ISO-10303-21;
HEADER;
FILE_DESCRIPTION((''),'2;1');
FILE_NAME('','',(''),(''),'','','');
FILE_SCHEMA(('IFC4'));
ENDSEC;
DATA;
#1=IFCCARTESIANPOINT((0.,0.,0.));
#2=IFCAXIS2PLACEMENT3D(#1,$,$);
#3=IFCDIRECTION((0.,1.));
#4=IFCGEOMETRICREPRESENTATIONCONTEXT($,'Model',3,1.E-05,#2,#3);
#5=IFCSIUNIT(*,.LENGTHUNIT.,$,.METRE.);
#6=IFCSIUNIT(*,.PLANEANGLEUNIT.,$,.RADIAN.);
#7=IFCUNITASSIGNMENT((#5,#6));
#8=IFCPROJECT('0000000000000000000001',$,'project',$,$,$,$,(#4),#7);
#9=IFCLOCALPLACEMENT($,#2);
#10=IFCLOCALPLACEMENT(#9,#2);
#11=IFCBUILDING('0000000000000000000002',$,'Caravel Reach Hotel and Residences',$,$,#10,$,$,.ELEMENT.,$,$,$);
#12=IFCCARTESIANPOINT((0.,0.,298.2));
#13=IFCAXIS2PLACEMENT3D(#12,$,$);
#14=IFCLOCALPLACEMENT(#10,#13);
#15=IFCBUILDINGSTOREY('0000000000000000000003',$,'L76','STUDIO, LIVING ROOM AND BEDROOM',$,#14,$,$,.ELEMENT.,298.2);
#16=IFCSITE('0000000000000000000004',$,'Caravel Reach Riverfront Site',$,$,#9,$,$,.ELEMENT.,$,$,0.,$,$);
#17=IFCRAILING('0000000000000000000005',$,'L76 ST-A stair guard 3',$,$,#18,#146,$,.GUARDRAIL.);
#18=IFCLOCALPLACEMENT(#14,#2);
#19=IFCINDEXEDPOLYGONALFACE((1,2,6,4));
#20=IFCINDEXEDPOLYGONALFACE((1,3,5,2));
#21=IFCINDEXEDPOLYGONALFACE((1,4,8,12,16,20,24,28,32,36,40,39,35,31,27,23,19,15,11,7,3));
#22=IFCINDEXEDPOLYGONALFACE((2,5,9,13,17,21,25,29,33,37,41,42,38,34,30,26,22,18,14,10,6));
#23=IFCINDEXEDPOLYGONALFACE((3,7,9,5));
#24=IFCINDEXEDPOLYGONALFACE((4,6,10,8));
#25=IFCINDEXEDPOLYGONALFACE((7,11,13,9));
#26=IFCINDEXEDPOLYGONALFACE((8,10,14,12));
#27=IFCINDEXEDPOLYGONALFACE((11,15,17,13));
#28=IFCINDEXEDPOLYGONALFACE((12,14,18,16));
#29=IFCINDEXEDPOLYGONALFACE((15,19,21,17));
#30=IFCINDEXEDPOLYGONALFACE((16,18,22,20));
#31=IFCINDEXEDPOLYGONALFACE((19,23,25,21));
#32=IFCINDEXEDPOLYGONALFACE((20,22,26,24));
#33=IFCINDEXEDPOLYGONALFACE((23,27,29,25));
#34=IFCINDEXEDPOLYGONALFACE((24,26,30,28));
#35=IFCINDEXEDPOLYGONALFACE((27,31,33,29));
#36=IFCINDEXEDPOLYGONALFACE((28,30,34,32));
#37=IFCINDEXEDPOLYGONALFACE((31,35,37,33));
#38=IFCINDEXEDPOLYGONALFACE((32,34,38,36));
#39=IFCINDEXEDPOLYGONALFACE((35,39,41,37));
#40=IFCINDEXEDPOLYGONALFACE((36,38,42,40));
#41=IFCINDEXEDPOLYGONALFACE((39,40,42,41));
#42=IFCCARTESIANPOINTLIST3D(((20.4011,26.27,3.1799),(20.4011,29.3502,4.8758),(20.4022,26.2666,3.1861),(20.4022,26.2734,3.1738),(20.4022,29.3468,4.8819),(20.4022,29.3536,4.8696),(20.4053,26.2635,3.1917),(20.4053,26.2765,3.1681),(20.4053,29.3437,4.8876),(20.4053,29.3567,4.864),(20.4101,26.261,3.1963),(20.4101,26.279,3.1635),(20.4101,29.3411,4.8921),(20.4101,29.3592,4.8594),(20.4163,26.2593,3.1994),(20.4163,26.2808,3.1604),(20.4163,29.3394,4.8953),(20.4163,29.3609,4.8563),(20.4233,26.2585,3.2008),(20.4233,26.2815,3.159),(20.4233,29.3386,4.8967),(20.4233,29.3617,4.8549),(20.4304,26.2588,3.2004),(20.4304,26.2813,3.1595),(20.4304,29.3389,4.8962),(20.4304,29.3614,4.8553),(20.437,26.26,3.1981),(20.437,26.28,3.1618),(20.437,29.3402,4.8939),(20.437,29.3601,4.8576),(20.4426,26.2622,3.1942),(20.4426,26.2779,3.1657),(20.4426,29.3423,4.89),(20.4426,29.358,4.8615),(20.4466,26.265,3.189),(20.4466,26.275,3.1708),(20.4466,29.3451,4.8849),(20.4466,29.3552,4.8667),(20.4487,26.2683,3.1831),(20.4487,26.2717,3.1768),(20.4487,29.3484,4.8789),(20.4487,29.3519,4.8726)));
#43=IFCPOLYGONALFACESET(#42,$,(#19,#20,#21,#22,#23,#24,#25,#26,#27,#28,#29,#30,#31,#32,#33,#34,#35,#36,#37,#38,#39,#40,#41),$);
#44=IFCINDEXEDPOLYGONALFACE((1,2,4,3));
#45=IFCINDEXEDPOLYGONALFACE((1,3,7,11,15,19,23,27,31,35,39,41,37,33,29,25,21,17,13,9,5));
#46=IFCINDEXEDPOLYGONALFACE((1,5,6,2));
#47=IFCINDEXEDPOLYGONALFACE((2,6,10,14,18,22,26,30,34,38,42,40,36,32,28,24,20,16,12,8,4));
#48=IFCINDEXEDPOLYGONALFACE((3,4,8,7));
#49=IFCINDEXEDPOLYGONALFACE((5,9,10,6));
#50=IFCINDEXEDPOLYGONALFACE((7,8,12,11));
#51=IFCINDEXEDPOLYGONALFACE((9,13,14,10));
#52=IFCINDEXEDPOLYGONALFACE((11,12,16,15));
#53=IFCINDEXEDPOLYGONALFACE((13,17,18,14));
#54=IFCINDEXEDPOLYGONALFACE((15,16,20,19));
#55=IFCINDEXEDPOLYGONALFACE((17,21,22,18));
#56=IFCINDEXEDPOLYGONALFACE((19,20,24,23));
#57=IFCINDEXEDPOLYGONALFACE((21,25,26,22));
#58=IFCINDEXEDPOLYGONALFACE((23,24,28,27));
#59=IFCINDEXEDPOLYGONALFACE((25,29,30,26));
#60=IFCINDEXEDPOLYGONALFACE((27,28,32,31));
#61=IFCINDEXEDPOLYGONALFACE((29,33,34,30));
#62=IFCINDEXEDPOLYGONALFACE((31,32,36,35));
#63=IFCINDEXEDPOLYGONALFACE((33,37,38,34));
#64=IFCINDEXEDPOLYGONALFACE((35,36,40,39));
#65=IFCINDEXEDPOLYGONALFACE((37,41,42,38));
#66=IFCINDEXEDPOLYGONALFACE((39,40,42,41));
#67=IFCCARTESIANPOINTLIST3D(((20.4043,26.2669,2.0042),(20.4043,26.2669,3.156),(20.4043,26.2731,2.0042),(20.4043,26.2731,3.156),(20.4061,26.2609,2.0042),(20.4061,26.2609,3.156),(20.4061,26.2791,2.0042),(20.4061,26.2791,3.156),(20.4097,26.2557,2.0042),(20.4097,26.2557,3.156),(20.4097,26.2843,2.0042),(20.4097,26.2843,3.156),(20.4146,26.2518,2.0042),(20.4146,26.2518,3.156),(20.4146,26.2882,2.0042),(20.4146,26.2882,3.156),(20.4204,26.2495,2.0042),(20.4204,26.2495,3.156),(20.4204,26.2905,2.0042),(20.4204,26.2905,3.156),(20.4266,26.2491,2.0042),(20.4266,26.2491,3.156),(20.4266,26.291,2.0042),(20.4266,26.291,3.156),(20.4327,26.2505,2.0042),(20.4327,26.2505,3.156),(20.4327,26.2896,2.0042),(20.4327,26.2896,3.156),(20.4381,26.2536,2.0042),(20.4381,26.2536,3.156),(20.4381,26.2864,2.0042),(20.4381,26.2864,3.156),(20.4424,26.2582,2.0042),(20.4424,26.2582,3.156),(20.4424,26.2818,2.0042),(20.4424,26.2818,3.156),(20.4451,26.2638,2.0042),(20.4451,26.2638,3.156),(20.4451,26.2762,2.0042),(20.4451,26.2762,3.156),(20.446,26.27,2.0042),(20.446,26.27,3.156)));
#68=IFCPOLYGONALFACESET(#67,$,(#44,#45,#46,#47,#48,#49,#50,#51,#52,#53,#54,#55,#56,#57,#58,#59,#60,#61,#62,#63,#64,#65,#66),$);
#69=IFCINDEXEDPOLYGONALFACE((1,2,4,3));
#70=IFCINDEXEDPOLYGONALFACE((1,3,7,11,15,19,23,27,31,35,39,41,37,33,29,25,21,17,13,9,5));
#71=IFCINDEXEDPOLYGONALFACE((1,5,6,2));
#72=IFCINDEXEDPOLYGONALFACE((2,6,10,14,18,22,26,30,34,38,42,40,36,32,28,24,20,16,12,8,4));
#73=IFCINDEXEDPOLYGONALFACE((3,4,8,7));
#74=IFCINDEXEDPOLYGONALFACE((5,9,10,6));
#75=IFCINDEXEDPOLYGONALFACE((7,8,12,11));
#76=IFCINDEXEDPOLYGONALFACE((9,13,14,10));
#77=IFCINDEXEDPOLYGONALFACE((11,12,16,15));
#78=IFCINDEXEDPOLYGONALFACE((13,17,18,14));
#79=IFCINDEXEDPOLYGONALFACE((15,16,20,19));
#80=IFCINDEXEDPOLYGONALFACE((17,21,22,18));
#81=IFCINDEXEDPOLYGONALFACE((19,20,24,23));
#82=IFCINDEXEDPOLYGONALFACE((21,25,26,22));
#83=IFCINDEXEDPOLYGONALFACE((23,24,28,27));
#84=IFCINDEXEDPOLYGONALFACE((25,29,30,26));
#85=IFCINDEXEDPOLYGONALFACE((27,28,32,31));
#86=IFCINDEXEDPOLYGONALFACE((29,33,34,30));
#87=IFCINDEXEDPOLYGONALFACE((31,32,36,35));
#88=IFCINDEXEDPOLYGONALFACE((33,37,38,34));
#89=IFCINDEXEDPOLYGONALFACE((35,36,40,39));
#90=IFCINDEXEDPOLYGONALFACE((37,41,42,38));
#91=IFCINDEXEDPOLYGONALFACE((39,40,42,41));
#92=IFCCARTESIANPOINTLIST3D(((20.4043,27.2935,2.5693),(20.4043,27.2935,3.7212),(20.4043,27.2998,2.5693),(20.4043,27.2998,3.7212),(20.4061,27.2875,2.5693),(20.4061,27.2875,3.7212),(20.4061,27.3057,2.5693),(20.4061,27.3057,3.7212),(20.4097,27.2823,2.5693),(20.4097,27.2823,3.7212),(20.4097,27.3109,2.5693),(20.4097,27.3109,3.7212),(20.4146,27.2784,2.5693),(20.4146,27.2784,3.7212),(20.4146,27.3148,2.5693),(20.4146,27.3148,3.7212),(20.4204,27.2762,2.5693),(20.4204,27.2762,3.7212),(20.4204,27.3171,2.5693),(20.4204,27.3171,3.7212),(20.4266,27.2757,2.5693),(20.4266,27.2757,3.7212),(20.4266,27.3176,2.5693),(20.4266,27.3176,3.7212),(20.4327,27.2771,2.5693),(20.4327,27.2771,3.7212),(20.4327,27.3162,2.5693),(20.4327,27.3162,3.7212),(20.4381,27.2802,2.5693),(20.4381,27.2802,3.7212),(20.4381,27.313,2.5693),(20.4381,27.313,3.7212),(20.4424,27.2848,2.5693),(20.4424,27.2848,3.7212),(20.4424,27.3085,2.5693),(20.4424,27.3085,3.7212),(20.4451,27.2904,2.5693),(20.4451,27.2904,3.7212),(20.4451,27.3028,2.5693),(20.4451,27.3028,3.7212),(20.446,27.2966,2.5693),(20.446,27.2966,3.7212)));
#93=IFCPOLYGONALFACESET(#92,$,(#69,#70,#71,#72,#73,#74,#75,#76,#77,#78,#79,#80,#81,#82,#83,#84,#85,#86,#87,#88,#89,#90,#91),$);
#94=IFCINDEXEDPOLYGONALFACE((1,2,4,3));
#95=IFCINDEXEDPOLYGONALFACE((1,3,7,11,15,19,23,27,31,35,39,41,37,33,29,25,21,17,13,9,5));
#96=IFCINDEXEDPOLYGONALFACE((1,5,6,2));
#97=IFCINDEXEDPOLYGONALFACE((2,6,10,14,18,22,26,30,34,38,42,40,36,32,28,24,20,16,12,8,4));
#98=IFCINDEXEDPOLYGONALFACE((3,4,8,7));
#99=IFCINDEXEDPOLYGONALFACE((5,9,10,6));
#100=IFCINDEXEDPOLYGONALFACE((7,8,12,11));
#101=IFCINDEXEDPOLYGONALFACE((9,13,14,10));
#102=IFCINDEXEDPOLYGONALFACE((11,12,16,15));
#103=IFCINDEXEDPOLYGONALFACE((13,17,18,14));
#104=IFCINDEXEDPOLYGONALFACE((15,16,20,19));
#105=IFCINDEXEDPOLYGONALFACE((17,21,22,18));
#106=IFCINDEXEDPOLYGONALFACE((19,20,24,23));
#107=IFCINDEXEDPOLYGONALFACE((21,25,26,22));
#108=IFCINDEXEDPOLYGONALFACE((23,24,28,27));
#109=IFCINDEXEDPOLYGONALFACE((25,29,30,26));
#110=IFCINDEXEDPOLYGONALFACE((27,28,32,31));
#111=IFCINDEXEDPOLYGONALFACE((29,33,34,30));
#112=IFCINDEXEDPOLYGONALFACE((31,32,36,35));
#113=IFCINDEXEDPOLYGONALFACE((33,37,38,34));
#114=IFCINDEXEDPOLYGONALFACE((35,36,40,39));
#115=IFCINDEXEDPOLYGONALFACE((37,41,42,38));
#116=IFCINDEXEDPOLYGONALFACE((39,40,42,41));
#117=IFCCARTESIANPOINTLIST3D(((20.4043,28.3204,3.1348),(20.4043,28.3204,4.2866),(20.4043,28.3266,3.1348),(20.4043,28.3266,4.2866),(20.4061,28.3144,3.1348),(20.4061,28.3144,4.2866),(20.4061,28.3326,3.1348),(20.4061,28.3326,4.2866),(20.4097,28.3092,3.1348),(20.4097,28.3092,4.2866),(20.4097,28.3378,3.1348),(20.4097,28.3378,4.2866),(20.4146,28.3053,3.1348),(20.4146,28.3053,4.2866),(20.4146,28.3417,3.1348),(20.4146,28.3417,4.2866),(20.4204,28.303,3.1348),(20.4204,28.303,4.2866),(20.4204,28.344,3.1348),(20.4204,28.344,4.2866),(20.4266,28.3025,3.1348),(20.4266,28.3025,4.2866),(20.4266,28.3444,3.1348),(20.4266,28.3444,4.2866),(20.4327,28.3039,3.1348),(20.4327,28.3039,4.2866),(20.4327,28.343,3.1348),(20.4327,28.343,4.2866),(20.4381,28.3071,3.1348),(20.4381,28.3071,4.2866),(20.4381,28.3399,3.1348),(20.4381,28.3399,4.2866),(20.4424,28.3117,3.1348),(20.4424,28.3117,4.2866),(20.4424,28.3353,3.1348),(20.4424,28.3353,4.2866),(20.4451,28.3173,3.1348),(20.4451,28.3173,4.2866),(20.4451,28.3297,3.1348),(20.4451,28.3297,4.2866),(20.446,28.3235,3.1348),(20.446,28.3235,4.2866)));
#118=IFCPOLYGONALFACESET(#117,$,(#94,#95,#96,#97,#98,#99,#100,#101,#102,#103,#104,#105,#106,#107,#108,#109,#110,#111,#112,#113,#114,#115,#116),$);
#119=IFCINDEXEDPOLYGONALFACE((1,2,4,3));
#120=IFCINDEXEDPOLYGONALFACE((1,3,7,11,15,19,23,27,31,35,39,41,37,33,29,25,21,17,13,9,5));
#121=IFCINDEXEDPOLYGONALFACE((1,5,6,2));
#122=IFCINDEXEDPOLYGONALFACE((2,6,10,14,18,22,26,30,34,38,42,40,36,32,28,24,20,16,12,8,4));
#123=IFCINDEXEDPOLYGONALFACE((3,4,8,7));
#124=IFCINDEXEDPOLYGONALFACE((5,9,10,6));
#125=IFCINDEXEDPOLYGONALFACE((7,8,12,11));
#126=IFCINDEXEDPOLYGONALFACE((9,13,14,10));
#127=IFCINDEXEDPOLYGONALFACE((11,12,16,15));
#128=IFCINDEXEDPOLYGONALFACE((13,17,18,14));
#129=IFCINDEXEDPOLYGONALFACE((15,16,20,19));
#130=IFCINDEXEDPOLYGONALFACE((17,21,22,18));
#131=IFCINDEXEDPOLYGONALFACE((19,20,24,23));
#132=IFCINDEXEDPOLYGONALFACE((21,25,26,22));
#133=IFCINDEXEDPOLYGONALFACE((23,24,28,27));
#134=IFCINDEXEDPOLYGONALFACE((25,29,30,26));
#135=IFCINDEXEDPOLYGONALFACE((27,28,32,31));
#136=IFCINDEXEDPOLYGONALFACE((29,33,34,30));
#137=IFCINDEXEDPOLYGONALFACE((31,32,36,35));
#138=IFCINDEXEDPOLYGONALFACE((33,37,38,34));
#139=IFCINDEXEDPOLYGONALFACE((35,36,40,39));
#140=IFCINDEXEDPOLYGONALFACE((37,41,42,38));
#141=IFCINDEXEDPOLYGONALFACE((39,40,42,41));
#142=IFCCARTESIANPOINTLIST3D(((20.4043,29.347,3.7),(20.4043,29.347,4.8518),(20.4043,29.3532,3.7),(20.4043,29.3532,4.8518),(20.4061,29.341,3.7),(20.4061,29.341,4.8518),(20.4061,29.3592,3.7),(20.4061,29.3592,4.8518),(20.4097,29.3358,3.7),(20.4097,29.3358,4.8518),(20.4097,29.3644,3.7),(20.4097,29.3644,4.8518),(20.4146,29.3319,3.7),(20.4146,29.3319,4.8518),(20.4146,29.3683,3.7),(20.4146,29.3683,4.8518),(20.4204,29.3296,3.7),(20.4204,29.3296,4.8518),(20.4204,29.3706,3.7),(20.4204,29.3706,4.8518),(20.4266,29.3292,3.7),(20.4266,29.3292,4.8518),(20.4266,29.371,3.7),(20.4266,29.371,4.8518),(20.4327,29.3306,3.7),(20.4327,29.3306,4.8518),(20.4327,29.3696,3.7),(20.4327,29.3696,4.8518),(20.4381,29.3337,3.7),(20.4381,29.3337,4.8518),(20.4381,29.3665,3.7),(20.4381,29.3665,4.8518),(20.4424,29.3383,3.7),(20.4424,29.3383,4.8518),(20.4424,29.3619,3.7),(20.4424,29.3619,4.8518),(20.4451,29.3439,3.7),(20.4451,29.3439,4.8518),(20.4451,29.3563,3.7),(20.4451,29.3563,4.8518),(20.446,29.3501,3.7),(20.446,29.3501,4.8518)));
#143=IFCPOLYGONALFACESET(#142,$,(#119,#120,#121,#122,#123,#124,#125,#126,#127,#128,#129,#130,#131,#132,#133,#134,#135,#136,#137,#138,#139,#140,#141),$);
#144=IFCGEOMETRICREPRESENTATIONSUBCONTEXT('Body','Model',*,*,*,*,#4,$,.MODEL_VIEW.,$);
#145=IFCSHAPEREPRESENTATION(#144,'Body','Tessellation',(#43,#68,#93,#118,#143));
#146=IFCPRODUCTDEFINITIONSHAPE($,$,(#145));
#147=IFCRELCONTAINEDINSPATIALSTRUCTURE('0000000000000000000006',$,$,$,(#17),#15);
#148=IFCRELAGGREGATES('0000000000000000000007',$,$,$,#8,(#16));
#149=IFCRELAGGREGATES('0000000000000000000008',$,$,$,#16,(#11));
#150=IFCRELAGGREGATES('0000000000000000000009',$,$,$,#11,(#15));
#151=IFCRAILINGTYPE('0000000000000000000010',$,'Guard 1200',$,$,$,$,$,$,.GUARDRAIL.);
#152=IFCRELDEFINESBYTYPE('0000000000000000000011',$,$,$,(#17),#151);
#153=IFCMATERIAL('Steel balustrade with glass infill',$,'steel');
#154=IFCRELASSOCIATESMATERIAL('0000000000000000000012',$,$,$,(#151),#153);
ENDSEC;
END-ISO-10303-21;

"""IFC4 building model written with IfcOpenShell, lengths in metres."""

from ifc_helpers import new_model, si_unit, direction, frame, origin, origin_2d, place, context, subcontext, project, spatial, circle, extrude, material, type_object, element, save


model = new_model("IFC4")

# Units and contexts
model_context = context("Model", 3, precision=1e-05, world=origin(), true_north=direction((0.0, 1.0)))
body_context = subcontext(model_context, "Body", "Model", "MODEL_VIEW")
ifc_project = project(units=[si_unit("LENGTHUNIT", "METRE"), si_unit("PLANEANGLEUNIT", "RADIAN")], contexts=[model_context])

# Site, building, storey
site_placement = place(None, origin())
site = spatial("IfcSite", under=ifc_project, at=site_placement, Name="Caravel Reach Riverfront Site", CompositionType="ELEMENT", RefElevation=0.0)
building_placement = place(site_placement, origin())
building = spatial("IfcBuilding", under=site, at=building_placement, Name="Caravel Reach Hotel and Residences", CompositionType="ELEMENT")
storey_placement = place(building_placement, frame((0.0, 0.0, 298.2)))
storey = spatial("IfcBuildingStorey", under=building, at=storey_placement, Name="L76", Description="STUDIO, LIVING ROOM AND BEDROOM", CompositionType="ELEMENT", Elevation=298.2)

# Railing
ifc_material_1 = material(Name="Steel balustrade with glass infill", Category="steel")
railing_type_1 = type_object("IfcRailingType", Name="Guard 1200", PredefinedType="GUARDRAIL", material=ifc_material_1)
railing_1_placement = place(storey_placement, frame((20.425, 26.27, 2.0042)))
element("IfcRailing", 1, at=railing_1_placement, inside=storey, type_object=railing_type_1, Name="L76 ST-A stair guard 3", PredefinedType="GUARDRAIL", context=body_context, shape_type="SweptSolid", body=[
    extrude(circle(Radius=0.0239, at=origin_2d()), frame((0.0, 0.0, 1.1758), z_axis=(0.0, 0.876005, 0.482303), x_axis=(-1.0, 0.0, 0.0)), (0.0, 0.0, 1.0), 3.5161),
    extrude(circle(Radius=0.021, at=origin_2d()), origin(), (0.0, 0.0, 1.0), 1.1519),
    extrude(circle(Radius=0.021, at=origin_2d()), frame((0.0, 1.0266, 0.5652)), (0.0, 0.0, 1.0), 1.1519),
    extrude(circle(Radius=0.021, at=origin_2d()), frame((0.0, 2.0535, 1.1306)), (0.0, 0.0, 1.0), 1.1519),
    extrude(circle(Radius=0.021, at=origin_2d()), frame((0.0, 3.0801, 1.6958)), (0.0, 0.0, 1.0), 1.1519),
])

save(model, "model.ifc")
